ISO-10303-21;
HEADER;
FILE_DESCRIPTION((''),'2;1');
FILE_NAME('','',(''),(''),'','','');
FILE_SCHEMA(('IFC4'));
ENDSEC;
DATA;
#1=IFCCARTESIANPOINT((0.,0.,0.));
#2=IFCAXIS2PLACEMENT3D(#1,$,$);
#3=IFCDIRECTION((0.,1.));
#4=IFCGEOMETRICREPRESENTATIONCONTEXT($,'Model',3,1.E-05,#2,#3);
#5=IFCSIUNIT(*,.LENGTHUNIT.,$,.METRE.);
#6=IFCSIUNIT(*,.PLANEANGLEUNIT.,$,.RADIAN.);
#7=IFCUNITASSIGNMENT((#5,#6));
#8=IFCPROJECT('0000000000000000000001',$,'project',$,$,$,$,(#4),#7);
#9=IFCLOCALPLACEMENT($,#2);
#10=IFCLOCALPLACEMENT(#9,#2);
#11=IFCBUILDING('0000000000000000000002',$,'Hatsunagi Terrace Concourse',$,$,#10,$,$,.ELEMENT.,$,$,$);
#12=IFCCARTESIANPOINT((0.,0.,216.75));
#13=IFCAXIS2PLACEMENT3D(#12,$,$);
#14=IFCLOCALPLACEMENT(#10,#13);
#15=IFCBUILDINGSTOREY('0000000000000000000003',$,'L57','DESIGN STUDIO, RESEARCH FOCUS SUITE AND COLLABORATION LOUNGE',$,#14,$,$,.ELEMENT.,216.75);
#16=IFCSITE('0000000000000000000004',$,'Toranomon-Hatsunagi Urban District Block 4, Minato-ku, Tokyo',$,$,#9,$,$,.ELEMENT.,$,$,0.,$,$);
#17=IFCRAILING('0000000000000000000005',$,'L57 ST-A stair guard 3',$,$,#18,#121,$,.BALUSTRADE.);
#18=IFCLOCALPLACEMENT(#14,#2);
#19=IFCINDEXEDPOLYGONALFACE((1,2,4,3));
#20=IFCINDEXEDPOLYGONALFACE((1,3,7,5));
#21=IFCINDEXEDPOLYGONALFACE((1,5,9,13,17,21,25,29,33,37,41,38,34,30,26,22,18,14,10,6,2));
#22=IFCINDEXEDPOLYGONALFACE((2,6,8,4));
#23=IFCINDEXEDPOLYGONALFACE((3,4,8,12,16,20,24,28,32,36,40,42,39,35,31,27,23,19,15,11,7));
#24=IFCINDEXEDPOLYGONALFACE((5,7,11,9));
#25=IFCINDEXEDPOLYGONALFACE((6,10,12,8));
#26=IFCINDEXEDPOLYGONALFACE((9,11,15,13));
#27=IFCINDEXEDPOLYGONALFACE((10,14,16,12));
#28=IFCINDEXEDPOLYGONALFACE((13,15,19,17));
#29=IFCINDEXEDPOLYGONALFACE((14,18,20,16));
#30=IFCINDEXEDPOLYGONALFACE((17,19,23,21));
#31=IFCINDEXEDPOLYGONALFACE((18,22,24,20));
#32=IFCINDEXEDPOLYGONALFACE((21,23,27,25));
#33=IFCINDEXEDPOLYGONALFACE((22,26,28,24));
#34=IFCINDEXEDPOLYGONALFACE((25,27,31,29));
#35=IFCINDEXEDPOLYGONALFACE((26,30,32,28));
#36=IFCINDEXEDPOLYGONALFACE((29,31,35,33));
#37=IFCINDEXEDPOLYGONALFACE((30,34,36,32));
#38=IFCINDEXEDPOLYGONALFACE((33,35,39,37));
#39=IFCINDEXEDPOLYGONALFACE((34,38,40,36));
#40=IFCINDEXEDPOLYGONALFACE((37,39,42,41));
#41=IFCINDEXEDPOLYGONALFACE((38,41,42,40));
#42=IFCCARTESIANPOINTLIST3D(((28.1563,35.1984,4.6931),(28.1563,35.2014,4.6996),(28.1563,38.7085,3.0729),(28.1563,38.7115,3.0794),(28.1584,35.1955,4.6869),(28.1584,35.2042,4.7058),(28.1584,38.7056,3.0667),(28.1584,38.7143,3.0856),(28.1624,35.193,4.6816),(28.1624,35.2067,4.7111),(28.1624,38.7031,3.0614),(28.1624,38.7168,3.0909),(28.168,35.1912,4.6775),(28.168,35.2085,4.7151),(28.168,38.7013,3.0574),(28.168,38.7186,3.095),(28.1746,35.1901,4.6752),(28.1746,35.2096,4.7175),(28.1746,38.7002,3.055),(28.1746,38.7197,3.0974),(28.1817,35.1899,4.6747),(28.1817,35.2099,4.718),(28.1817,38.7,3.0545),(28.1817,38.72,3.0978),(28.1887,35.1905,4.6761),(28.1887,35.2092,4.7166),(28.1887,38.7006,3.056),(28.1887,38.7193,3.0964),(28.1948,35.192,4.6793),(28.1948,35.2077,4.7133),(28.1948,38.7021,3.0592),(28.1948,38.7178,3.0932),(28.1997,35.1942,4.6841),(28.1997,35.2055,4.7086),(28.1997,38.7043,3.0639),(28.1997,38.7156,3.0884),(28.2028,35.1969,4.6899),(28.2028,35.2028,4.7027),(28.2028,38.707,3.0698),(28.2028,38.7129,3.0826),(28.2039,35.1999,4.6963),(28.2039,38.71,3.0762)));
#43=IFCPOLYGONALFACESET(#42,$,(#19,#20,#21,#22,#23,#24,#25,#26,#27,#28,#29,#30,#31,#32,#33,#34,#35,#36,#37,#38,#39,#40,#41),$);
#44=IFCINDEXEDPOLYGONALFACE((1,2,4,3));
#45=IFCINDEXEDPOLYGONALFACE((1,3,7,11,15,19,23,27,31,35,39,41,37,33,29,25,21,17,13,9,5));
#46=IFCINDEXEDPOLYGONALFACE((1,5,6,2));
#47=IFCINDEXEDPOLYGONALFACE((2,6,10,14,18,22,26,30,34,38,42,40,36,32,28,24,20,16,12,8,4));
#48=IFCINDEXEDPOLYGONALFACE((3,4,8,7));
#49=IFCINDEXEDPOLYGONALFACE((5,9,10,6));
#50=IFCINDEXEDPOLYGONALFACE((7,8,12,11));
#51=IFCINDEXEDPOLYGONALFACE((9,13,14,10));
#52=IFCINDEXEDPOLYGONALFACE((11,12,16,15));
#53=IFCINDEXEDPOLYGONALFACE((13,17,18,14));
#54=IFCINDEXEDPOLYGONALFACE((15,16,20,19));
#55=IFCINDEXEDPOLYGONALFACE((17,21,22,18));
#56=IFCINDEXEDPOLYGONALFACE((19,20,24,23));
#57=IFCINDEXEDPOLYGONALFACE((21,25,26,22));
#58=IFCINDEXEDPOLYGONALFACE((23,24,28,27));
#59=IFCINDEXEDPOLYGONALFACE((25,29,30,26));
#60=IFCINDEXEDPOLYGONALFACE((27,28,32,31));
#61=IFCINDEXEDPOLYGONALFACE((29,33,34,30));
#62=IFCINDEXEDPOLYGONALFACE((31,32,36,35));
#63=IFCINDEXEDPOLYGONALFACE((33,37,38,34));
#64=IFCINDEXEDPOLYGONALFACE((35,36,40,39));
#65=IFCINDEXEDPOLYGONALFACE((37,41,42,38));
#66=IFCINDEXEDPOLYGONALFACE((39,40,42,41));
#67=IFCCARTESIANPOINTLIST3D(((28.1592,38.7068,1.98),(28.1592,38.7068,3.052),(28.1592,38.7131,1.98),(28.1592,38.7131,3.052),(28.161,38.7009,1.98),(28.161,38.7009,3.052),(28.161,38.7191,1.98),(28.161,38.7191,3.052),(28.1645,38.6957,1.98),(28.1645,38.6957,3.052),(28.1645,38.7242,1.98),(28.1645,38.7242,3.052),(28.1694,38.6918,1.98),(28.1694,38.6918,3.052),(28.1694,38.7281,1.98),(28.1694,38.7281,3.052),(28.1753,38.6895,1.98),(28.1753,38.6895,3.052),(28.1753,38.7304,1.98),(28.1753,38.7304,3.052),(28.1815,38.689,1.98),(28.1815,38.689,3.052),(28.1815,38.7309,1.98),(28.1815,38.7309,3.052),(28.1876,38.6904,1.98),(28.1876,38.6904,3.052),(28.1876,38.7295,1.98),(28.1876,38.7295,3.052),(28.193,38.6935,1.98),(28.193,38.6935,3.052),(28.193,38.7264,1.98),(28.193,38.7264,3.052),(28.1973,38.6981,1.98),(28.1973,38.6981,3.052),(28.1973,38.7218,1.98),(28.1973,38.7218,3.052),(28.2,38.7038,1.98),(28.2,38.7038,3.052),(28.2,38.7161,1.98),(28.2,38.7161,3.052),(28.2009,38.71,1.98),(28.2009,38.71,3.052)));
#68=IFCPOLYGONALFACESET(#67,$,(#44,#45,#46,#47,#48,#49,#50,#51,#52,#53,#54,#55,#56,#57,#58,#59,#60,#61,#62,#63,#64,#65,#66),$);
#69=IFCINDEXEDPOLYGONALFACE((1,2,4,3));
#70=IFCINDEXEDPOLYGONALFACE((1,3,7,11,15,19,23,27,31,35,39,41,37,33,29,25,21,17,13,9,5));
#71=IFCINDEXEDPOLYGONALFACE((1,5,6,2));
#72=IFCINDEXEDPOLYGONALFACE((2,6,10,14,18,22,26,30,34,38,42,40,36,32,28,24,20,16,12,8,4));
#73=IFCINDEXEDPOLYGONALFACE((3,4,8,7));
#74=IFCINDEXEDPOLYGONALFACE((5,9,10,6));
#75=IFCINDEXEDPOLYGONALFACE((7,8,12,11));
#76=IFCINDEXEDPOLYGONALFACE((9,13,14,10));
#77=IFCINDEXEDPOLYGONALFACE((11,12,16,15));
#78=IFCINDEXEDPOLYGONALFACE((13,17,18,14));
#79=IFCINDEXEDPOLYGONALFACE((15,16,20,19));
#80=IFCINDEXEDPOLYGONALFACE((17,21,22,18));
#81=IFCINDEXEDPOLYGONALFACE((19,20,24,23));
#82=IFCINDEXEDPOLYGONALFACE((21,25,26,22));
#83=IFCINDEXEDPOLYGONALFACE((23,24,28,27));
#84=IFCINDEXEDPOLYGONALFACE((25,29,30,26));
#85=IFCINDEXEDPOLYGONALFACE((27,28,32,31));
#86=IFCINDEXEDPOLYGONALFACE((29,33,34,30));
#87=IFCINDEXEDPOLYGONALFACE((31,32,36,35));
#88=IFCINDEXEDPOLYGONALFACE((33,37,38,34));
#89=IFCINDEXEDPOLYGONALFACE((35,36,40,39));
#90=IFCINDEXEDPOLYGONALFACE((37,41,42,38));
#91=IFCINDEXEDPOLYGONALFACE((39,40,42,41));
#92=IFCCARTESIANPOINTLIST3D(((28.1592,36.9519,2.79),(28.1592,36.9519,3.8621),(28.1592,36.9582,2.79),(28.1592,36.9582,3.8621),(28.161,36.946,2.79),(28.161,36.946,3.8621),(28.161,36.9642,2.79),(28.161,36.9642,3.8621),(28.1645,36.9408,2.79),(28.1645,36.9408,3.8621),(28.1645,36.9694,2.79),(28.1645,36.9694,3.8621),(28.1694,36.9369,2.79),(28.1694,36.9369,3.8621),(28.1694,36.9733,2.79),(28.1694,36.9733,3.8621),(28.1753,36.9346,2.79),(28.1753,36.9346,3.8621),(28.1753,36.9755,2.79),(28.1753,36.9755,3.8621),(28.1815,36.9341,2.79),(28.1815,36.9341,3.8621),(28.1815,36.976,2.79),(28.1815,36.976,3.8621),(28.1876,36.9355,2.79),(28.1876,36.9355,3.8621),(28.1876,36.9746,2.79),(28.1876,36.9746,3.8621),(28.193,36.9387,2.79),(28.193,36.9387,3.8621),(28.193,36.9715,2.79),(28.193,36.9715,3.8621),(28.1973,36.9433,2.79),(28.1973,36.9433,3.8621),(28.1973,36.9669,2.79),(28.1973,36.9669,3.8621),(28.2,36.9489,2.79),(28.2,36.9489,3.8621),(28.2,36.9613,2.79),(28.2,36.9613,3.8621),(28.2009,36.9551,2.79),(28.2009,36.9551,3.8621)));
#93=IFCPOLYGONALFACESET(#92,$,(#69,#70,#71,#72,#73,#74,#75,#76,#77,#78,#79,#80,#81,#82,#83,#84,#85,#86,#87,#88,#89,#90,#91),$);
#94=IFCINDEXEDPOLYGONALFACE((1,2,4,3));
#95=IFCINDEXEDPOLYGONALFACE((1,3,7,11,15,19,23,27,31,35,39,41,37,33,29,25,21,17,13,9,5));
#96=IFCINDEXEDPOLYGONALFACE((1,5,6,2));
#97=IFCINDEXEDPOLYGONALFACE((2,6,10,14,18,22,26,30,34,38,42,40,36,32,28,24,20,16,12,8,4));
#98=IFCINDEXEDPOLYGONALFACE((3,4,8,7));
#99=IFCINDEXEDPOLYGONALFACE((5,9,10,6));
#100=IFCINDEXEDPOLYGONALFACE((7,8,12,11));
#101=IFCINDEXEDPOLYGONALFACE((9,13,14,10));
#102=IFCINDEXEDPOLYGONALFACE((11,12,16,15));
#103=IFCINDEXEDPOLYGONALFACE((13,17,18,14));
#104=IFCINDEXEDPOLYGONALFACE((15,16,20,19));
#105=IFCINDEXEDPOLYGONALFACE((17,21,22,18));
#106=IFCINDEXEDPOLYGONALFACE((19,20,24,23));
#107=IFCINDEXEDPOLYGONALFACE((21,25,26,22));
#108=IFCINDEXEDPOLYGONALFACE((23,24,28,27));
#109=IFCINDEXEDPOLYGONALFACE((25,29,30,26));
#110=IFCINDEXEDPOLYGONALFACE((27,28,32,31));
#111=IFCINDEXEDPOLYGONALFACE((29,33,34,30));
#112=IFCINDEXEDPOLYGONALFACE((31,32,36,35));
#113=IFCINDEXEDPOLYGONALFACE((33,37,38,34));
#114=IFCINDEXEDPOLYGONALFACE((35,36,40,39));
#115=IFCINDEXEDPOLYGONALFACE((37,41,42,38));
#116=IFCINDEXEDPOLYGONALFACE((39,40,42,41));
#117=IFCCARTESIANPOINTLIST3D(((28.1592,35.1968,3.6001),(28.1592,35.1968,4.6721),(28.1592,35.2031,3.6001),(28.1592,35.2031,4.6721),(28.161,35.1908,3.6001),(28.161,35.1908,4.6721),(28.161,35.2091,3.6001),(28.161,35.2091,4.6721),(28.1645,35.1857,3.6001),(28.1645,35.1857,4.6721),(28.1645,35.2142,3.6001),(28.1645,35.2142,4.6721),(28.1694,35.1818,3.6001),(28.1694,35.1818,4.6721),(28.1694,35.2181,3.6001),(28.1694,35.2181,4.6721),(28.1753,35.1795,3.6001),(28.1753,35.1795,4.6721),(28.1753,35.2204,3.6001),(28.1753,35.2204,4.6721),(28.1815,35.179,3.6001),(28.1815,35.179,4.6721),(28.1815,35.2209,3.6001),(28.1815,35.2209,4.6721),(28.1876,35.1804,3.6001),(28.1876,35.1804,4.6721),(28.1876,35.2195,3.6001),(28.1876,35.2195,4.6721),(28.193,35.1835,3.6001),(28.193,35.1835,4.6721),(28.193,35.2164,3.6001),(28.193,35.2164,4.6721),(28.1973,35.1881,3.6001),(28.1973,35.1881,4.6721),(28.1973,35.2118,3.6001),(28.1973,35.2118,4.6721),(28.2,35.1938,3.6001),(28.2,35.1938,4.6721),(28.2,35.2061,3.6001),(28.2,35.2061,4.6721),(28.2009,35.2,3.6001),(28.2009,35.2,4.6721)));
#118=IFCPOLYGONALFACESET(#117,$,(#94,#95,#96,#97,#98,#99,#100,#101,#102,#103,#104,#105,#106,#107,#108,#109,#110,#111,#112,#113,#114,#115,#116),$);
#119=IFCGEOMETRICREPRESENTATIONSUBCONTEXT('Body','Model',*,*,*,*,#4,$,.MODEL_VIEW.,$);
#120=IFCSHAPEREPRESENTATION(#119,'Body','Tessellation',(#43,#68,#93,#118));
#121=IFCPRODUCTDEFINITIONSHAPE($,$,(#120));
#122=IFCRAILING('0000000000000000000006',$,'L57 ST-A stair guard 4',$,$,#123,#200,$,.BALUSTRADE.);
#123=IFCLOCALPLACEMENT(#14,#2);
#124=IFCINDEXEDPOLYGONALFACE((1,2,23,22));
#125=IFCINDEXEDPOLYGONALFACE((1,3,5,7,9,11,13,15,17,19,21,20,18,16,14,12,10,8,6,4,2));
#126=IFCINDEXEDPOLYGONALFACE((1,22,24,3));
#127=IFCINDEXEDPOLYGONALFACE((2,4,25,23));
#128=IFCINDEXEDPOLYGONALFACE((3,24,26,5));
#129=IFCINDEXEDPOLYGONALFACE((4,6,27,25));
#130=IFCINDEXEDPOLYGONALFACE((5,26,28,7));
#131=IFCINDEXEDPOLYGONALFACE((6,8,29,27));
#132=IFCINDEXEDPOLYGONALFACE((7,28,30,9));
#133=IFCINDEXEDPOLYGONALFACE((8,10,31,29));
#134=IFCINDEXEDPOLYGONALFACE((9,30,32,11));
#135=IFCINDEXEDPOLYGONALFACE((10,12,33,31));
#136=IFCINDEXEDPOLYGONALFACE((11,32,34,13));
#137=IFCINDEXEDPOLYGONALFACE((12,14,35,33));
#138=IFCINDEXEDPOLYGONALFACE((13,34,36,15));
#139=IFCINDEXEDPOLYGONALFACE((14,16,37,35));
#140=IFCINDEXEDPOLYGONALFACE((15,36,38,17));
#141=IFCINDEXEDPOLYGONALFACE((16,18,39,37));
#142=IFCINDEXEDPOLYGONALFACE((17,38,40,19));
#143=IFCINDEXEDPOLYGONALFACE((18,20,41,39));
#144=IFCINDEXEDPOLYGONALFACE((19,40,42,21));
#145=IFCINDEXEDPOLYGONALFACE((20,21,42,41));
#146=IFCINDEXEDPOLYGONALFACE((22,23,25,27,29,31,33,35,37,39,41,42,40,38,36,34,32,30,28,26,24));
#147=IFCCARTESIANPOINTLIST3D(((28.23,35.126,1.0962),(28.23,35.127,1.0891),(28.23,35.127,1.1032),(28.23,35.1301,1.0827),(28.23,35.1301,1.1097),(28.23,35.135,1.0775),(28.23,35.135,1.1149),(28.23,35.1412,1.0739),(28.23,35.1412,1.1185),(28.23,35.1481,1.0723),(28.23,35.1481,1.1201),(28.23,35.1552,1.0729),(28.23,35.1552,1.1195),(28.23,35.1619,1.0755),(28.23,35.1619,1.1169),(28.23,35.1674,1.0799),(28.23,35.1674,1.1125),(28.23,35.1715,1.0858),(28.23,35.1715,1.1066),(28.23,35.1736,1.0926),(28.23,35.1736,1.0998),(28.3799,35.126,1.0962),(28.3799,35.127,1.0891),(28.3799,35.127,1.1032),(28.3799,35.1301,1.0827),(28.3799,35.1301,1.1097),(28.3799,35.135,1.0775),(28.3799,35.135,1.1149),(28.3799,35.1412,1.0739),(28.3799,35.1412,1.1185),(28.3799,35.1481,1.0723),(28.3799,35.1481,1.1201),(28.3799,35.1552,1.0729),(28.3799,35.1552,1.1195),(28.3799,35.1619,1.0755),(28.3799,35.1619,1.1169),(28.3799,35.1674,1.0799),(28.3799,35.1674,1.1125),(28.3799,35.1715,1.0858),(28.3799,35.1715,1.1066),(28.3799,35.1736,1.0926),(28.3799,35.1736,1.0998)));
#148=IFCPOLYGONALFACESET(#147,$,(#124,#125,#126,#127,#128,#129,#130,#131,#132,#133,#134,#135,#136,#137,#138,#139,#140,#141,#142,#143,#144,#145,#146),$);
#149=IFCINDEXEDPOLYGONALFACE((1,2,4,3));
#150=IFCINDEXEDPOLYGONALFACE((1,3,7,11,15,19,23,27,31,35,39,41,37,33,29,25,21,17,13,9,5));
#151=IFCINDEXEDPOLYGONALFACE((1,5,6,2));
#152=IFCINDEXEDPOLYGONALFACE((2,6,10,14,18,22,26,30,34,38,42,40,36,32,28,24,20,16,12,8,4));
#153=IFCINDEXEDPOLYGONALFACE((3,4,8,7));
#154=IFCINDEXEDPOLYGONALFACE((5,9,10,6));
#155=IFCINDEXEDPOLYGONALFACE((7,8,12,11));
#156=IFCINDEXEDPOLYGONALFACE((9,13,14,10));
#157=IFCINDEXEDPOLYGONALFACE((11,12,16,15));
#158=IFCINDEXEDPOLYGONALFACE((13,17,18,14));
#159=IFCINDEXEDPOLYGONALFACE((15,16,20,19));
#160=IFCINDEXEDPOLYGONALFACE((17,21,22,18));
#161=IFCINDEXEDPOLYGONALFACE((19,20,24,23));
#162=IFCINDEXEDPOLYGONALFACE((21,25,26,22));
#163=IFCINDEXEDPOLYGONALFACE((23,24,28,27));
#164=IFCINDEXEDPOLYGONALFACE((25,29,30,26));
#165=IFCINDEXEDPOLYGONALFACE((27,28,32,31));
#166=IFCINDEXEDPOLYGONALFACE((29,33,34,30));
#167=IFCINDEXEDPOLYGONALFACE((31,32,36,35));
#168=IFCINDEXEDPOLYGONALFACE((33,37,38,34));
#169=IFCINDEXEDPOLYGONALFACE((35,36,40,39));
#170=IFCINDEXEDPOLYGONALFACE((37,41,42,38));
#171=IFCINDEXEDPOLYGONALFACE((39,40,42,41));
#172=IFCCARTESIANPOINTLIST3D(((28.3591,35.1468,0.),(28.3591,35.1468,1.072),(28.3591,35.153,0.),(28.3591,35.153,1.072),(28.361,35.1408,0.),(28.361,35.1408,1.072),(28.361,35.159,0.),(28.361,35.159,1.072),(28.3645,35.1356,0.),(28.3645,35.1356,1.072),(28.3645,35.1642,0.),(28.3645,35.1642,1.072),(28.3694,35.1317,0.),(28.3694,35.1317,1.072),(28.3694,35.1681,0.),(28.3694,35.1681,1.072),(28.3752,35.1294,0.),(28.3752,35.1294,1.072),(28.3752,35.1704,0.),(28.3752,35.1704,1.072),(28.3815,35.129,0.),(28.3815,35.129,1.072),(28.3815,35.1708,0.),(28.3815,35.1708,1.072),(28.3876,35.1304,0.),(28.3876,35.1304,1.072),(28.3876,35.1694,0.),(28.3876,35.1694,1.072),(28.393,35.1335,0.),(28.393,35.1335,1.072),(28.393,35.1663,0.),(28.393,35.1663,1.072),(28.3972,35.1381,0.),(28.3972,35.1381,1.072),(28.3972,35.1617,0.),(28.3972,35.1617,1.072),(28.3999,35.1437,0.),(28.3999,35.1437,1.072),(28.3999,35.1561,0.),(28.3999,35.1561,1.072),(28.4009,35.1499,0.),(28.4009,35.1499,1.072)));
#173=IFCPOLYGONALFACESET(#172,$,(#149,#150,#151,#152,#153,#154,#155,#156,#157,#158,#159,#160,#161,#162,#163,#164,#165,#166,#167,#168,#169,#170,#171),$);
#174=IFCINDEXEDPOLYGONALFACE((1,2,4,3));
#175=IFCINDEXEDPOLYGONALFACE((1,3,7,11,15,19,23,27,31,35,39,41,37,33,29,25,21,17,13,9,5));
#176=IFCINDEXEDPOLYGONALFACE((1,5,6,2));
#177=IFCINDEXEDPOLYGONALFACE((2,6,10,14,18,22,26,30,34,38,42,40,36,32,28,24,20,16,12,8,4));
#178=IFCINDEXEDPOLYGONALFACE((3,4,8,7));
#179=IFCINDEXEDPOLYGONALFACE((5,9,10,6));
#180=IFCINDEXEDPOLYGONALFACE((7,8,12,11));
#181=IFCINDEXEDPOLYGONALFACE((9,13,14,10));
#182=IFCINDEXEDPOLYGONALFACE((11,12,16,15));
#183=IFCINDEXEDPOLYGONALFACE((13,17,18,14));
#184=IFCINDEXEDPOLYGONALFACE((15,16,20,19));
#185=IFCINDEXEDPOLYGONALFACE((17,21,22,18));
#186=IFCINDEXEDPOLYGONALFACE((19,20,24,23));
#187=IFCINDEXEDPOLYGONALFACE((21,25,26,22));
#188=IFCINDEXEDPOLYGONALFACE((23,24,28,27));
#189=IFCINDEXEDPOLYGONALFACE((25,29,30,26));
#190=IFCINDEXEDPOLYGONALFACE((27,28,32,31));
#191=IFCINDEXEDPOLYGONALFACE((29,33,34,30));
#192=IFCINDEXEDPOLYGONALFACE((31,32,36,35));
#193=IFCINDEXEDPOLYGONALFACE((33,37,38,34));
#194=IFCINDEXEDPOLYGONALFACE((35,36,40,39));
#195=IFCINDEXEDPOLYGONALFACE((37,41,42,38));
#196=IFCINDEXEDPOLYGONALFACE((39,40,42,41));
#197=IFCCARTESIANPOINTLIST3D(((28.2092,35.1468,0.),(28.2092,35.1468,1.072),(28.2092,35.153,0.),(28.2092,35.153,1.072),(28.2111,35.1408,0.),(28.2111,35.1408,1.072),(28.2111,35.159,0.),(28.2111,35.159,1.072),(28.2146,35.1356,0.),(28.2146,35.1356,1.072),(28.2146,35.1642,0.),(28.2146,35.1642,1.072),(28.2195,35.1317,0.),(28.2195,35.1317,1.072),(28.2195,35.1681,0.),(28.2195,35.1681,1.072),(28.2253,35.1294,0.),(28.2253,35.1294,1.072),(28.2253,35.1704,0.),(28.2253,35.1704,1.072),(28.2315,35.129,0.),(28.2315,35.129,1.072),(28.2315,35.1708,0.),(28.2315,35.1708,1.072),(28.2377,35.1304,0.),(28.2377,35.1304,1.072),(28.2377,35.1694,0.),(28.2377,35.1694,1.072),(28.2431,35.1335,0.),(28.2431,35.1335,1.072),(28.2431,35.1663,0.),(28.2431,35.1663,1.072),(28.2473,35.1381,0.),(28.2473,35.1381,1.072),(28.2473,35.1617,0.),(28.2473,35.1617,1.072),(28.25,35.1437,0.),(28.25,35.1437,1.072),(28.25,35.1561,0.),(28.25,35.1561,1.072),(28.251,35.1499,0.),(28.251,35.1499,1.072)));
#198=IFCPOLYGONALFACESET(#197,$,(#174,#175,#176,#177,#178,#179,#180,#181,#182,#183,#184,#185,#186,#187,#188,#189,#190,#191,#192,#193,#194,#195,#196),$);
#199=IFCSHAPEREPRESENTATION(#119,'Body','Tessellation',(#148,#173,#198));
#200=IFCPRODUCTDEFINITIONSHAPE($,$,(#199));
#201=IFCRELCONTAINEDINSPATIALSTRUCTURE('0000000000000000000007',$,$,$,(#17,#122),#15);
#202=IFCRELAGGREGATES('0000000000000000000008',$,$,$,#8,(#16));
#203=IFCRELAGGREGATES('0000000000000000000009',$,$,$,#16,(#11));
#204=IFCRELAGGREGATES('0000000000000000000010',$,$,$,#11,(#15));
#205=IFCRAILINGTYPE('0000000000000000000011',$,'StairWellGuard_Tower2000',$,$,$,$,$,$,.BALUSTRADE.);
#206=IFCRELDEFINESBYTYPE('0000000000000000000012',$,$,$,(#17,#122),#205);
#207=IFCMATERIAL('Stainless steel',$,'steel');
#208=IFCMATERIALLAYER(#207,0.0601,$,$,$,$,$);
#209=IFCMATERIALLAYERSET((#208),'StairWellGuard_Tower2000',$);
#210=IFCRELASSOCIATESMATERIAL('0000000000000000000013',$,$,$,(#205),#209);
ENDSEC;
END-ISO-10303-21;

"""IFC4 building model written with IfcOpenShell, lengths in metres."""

from ifc_helpers import new_model, si_unit, direction, frame, origin, origin_2d, place, context, subcontext, project, spatial, circle, extrude, material, layer, layer_set, type_object, element, save


model = new_model("IFC4")

# Units and contexts
model_context = context("Model", 3, precision=1e-05, world=origin(), true_north=direction((0.0, 1.0)))
body_context = subcontext(model_context, "Body", "Model", "MODEL_VIEW")
ifc_project = project(units=[si_unit("LENGTHUNIT", "METRE"), si_unit("PLANEANGLEUNIT", "RADIAN")], contexts=[model_context])

# Site, building, storey
site_placement = place(None, origin())
site = spatial("IfcSite", under=ifc_project, at=site_placement, Name="Toranomon-Hatsunagi Urban District Block 4, Minato-ku, Tokyo", CompositionType="ELEMENT", RefElevation=0.0)
building_placement = place(site_placement, origin())
building = spatial("IfcBuilding", under=site, at=building_placement, Name="Hatsunagi Terrace Concourse", CompositionType="ELEMENT")
storey_placement = place(building_placement, frame((0.0, 0.0, 216.75)))
storey = spatial("IfcBuildingStorey", under=building, at=storey_placement, Name="L57", Description="DESIGN STUDIO, RESEARCH FOCUS SUITE AND COLLABORATION LOUNGE", CompositionType="ELEMENT", Elevation=216.75)

# Railings
ifc_material_1 = material(Name="Stainless steel", Category="steel")
ifc_layer_1 = layer(ifc_material_1, 0.0601)
ifc_layer_set_1 = layer_set([ifc_layer_1], Name="StairWellGuard_Tower2000")
railing_type_1 = type_object("IfcRailingType", Name="StairWellGuard_Tower2000", PredefinedType="BALUSTRADE", material=ifc_layer_set_1)
railing_1_placement = place(storey_placement, frame((28.1799, 38.71, 1.98)))
element("IfcRailing", 1, at=railing_1_placement, inside=storey, type_object=railing_type_1, Name="L57 ST-A stair guard 3", PredefinedType="BALUSTRADE", context=body_context, shape_type="SweptSolid", body=[
    extrude(circle(Radius=0.0239, at=origin_2d()), frame((0.0, 0.0, 1.0962), z_axis=(0.0, -0.907948, 0.419082), x_axis=(1.0, 0.0, 0.0)), (0.0, 0.0, 1.0), 3.866),
    extrude(circle(Radius=0.021, at=origin_2d()), origin(), (0.0, 0.0, 1.0), 1.072),
    extrude(circle(Radius=0.021, at=origin_2d()), frame((0.0, -1.7549, 0.8101)), (0.0, 0.0, 1.0), 1.072),
    extrude(circle(Radius=0.021, at=origin_2d()), frame((0.0, -3.51, 1.6201)), (0.0, 0.0, 1.0), 1.072),
])
railing_2_placement = place(storey_placement, frame((28.3799, 35.1499, 0.0)))
element("IfcRailing", 2, at=railing_2_placement, inside=storey, type_object=railing_type_1, Name="L57 ST-A stair guard 4", PredefinedType="BALUSTRADE", context=body_context, shape_type="SweptSolid", body=[
    extrude(circle(Radius=0.0239, at=origin_2d()), frame((0.0, 0.0, 1.0962), z_axis=(-1.0, 0.0, 0.0), x_axis=(0.0, -1.0, 0.0)), (0.0, 0.0, 1.0), 0.1499),
    extrude(circle(Radius=0.021, at=origin_2d()), origin(), (0.0, 0.0, 1.0), 1.072),
    extrude(circle(Radius=0.021, at=origin_2d()), frame((-0.1499, 0.0, 0.0)), (0.0, 0.0, 1.0), 1.072),
])

save(model, "model.ifc")
